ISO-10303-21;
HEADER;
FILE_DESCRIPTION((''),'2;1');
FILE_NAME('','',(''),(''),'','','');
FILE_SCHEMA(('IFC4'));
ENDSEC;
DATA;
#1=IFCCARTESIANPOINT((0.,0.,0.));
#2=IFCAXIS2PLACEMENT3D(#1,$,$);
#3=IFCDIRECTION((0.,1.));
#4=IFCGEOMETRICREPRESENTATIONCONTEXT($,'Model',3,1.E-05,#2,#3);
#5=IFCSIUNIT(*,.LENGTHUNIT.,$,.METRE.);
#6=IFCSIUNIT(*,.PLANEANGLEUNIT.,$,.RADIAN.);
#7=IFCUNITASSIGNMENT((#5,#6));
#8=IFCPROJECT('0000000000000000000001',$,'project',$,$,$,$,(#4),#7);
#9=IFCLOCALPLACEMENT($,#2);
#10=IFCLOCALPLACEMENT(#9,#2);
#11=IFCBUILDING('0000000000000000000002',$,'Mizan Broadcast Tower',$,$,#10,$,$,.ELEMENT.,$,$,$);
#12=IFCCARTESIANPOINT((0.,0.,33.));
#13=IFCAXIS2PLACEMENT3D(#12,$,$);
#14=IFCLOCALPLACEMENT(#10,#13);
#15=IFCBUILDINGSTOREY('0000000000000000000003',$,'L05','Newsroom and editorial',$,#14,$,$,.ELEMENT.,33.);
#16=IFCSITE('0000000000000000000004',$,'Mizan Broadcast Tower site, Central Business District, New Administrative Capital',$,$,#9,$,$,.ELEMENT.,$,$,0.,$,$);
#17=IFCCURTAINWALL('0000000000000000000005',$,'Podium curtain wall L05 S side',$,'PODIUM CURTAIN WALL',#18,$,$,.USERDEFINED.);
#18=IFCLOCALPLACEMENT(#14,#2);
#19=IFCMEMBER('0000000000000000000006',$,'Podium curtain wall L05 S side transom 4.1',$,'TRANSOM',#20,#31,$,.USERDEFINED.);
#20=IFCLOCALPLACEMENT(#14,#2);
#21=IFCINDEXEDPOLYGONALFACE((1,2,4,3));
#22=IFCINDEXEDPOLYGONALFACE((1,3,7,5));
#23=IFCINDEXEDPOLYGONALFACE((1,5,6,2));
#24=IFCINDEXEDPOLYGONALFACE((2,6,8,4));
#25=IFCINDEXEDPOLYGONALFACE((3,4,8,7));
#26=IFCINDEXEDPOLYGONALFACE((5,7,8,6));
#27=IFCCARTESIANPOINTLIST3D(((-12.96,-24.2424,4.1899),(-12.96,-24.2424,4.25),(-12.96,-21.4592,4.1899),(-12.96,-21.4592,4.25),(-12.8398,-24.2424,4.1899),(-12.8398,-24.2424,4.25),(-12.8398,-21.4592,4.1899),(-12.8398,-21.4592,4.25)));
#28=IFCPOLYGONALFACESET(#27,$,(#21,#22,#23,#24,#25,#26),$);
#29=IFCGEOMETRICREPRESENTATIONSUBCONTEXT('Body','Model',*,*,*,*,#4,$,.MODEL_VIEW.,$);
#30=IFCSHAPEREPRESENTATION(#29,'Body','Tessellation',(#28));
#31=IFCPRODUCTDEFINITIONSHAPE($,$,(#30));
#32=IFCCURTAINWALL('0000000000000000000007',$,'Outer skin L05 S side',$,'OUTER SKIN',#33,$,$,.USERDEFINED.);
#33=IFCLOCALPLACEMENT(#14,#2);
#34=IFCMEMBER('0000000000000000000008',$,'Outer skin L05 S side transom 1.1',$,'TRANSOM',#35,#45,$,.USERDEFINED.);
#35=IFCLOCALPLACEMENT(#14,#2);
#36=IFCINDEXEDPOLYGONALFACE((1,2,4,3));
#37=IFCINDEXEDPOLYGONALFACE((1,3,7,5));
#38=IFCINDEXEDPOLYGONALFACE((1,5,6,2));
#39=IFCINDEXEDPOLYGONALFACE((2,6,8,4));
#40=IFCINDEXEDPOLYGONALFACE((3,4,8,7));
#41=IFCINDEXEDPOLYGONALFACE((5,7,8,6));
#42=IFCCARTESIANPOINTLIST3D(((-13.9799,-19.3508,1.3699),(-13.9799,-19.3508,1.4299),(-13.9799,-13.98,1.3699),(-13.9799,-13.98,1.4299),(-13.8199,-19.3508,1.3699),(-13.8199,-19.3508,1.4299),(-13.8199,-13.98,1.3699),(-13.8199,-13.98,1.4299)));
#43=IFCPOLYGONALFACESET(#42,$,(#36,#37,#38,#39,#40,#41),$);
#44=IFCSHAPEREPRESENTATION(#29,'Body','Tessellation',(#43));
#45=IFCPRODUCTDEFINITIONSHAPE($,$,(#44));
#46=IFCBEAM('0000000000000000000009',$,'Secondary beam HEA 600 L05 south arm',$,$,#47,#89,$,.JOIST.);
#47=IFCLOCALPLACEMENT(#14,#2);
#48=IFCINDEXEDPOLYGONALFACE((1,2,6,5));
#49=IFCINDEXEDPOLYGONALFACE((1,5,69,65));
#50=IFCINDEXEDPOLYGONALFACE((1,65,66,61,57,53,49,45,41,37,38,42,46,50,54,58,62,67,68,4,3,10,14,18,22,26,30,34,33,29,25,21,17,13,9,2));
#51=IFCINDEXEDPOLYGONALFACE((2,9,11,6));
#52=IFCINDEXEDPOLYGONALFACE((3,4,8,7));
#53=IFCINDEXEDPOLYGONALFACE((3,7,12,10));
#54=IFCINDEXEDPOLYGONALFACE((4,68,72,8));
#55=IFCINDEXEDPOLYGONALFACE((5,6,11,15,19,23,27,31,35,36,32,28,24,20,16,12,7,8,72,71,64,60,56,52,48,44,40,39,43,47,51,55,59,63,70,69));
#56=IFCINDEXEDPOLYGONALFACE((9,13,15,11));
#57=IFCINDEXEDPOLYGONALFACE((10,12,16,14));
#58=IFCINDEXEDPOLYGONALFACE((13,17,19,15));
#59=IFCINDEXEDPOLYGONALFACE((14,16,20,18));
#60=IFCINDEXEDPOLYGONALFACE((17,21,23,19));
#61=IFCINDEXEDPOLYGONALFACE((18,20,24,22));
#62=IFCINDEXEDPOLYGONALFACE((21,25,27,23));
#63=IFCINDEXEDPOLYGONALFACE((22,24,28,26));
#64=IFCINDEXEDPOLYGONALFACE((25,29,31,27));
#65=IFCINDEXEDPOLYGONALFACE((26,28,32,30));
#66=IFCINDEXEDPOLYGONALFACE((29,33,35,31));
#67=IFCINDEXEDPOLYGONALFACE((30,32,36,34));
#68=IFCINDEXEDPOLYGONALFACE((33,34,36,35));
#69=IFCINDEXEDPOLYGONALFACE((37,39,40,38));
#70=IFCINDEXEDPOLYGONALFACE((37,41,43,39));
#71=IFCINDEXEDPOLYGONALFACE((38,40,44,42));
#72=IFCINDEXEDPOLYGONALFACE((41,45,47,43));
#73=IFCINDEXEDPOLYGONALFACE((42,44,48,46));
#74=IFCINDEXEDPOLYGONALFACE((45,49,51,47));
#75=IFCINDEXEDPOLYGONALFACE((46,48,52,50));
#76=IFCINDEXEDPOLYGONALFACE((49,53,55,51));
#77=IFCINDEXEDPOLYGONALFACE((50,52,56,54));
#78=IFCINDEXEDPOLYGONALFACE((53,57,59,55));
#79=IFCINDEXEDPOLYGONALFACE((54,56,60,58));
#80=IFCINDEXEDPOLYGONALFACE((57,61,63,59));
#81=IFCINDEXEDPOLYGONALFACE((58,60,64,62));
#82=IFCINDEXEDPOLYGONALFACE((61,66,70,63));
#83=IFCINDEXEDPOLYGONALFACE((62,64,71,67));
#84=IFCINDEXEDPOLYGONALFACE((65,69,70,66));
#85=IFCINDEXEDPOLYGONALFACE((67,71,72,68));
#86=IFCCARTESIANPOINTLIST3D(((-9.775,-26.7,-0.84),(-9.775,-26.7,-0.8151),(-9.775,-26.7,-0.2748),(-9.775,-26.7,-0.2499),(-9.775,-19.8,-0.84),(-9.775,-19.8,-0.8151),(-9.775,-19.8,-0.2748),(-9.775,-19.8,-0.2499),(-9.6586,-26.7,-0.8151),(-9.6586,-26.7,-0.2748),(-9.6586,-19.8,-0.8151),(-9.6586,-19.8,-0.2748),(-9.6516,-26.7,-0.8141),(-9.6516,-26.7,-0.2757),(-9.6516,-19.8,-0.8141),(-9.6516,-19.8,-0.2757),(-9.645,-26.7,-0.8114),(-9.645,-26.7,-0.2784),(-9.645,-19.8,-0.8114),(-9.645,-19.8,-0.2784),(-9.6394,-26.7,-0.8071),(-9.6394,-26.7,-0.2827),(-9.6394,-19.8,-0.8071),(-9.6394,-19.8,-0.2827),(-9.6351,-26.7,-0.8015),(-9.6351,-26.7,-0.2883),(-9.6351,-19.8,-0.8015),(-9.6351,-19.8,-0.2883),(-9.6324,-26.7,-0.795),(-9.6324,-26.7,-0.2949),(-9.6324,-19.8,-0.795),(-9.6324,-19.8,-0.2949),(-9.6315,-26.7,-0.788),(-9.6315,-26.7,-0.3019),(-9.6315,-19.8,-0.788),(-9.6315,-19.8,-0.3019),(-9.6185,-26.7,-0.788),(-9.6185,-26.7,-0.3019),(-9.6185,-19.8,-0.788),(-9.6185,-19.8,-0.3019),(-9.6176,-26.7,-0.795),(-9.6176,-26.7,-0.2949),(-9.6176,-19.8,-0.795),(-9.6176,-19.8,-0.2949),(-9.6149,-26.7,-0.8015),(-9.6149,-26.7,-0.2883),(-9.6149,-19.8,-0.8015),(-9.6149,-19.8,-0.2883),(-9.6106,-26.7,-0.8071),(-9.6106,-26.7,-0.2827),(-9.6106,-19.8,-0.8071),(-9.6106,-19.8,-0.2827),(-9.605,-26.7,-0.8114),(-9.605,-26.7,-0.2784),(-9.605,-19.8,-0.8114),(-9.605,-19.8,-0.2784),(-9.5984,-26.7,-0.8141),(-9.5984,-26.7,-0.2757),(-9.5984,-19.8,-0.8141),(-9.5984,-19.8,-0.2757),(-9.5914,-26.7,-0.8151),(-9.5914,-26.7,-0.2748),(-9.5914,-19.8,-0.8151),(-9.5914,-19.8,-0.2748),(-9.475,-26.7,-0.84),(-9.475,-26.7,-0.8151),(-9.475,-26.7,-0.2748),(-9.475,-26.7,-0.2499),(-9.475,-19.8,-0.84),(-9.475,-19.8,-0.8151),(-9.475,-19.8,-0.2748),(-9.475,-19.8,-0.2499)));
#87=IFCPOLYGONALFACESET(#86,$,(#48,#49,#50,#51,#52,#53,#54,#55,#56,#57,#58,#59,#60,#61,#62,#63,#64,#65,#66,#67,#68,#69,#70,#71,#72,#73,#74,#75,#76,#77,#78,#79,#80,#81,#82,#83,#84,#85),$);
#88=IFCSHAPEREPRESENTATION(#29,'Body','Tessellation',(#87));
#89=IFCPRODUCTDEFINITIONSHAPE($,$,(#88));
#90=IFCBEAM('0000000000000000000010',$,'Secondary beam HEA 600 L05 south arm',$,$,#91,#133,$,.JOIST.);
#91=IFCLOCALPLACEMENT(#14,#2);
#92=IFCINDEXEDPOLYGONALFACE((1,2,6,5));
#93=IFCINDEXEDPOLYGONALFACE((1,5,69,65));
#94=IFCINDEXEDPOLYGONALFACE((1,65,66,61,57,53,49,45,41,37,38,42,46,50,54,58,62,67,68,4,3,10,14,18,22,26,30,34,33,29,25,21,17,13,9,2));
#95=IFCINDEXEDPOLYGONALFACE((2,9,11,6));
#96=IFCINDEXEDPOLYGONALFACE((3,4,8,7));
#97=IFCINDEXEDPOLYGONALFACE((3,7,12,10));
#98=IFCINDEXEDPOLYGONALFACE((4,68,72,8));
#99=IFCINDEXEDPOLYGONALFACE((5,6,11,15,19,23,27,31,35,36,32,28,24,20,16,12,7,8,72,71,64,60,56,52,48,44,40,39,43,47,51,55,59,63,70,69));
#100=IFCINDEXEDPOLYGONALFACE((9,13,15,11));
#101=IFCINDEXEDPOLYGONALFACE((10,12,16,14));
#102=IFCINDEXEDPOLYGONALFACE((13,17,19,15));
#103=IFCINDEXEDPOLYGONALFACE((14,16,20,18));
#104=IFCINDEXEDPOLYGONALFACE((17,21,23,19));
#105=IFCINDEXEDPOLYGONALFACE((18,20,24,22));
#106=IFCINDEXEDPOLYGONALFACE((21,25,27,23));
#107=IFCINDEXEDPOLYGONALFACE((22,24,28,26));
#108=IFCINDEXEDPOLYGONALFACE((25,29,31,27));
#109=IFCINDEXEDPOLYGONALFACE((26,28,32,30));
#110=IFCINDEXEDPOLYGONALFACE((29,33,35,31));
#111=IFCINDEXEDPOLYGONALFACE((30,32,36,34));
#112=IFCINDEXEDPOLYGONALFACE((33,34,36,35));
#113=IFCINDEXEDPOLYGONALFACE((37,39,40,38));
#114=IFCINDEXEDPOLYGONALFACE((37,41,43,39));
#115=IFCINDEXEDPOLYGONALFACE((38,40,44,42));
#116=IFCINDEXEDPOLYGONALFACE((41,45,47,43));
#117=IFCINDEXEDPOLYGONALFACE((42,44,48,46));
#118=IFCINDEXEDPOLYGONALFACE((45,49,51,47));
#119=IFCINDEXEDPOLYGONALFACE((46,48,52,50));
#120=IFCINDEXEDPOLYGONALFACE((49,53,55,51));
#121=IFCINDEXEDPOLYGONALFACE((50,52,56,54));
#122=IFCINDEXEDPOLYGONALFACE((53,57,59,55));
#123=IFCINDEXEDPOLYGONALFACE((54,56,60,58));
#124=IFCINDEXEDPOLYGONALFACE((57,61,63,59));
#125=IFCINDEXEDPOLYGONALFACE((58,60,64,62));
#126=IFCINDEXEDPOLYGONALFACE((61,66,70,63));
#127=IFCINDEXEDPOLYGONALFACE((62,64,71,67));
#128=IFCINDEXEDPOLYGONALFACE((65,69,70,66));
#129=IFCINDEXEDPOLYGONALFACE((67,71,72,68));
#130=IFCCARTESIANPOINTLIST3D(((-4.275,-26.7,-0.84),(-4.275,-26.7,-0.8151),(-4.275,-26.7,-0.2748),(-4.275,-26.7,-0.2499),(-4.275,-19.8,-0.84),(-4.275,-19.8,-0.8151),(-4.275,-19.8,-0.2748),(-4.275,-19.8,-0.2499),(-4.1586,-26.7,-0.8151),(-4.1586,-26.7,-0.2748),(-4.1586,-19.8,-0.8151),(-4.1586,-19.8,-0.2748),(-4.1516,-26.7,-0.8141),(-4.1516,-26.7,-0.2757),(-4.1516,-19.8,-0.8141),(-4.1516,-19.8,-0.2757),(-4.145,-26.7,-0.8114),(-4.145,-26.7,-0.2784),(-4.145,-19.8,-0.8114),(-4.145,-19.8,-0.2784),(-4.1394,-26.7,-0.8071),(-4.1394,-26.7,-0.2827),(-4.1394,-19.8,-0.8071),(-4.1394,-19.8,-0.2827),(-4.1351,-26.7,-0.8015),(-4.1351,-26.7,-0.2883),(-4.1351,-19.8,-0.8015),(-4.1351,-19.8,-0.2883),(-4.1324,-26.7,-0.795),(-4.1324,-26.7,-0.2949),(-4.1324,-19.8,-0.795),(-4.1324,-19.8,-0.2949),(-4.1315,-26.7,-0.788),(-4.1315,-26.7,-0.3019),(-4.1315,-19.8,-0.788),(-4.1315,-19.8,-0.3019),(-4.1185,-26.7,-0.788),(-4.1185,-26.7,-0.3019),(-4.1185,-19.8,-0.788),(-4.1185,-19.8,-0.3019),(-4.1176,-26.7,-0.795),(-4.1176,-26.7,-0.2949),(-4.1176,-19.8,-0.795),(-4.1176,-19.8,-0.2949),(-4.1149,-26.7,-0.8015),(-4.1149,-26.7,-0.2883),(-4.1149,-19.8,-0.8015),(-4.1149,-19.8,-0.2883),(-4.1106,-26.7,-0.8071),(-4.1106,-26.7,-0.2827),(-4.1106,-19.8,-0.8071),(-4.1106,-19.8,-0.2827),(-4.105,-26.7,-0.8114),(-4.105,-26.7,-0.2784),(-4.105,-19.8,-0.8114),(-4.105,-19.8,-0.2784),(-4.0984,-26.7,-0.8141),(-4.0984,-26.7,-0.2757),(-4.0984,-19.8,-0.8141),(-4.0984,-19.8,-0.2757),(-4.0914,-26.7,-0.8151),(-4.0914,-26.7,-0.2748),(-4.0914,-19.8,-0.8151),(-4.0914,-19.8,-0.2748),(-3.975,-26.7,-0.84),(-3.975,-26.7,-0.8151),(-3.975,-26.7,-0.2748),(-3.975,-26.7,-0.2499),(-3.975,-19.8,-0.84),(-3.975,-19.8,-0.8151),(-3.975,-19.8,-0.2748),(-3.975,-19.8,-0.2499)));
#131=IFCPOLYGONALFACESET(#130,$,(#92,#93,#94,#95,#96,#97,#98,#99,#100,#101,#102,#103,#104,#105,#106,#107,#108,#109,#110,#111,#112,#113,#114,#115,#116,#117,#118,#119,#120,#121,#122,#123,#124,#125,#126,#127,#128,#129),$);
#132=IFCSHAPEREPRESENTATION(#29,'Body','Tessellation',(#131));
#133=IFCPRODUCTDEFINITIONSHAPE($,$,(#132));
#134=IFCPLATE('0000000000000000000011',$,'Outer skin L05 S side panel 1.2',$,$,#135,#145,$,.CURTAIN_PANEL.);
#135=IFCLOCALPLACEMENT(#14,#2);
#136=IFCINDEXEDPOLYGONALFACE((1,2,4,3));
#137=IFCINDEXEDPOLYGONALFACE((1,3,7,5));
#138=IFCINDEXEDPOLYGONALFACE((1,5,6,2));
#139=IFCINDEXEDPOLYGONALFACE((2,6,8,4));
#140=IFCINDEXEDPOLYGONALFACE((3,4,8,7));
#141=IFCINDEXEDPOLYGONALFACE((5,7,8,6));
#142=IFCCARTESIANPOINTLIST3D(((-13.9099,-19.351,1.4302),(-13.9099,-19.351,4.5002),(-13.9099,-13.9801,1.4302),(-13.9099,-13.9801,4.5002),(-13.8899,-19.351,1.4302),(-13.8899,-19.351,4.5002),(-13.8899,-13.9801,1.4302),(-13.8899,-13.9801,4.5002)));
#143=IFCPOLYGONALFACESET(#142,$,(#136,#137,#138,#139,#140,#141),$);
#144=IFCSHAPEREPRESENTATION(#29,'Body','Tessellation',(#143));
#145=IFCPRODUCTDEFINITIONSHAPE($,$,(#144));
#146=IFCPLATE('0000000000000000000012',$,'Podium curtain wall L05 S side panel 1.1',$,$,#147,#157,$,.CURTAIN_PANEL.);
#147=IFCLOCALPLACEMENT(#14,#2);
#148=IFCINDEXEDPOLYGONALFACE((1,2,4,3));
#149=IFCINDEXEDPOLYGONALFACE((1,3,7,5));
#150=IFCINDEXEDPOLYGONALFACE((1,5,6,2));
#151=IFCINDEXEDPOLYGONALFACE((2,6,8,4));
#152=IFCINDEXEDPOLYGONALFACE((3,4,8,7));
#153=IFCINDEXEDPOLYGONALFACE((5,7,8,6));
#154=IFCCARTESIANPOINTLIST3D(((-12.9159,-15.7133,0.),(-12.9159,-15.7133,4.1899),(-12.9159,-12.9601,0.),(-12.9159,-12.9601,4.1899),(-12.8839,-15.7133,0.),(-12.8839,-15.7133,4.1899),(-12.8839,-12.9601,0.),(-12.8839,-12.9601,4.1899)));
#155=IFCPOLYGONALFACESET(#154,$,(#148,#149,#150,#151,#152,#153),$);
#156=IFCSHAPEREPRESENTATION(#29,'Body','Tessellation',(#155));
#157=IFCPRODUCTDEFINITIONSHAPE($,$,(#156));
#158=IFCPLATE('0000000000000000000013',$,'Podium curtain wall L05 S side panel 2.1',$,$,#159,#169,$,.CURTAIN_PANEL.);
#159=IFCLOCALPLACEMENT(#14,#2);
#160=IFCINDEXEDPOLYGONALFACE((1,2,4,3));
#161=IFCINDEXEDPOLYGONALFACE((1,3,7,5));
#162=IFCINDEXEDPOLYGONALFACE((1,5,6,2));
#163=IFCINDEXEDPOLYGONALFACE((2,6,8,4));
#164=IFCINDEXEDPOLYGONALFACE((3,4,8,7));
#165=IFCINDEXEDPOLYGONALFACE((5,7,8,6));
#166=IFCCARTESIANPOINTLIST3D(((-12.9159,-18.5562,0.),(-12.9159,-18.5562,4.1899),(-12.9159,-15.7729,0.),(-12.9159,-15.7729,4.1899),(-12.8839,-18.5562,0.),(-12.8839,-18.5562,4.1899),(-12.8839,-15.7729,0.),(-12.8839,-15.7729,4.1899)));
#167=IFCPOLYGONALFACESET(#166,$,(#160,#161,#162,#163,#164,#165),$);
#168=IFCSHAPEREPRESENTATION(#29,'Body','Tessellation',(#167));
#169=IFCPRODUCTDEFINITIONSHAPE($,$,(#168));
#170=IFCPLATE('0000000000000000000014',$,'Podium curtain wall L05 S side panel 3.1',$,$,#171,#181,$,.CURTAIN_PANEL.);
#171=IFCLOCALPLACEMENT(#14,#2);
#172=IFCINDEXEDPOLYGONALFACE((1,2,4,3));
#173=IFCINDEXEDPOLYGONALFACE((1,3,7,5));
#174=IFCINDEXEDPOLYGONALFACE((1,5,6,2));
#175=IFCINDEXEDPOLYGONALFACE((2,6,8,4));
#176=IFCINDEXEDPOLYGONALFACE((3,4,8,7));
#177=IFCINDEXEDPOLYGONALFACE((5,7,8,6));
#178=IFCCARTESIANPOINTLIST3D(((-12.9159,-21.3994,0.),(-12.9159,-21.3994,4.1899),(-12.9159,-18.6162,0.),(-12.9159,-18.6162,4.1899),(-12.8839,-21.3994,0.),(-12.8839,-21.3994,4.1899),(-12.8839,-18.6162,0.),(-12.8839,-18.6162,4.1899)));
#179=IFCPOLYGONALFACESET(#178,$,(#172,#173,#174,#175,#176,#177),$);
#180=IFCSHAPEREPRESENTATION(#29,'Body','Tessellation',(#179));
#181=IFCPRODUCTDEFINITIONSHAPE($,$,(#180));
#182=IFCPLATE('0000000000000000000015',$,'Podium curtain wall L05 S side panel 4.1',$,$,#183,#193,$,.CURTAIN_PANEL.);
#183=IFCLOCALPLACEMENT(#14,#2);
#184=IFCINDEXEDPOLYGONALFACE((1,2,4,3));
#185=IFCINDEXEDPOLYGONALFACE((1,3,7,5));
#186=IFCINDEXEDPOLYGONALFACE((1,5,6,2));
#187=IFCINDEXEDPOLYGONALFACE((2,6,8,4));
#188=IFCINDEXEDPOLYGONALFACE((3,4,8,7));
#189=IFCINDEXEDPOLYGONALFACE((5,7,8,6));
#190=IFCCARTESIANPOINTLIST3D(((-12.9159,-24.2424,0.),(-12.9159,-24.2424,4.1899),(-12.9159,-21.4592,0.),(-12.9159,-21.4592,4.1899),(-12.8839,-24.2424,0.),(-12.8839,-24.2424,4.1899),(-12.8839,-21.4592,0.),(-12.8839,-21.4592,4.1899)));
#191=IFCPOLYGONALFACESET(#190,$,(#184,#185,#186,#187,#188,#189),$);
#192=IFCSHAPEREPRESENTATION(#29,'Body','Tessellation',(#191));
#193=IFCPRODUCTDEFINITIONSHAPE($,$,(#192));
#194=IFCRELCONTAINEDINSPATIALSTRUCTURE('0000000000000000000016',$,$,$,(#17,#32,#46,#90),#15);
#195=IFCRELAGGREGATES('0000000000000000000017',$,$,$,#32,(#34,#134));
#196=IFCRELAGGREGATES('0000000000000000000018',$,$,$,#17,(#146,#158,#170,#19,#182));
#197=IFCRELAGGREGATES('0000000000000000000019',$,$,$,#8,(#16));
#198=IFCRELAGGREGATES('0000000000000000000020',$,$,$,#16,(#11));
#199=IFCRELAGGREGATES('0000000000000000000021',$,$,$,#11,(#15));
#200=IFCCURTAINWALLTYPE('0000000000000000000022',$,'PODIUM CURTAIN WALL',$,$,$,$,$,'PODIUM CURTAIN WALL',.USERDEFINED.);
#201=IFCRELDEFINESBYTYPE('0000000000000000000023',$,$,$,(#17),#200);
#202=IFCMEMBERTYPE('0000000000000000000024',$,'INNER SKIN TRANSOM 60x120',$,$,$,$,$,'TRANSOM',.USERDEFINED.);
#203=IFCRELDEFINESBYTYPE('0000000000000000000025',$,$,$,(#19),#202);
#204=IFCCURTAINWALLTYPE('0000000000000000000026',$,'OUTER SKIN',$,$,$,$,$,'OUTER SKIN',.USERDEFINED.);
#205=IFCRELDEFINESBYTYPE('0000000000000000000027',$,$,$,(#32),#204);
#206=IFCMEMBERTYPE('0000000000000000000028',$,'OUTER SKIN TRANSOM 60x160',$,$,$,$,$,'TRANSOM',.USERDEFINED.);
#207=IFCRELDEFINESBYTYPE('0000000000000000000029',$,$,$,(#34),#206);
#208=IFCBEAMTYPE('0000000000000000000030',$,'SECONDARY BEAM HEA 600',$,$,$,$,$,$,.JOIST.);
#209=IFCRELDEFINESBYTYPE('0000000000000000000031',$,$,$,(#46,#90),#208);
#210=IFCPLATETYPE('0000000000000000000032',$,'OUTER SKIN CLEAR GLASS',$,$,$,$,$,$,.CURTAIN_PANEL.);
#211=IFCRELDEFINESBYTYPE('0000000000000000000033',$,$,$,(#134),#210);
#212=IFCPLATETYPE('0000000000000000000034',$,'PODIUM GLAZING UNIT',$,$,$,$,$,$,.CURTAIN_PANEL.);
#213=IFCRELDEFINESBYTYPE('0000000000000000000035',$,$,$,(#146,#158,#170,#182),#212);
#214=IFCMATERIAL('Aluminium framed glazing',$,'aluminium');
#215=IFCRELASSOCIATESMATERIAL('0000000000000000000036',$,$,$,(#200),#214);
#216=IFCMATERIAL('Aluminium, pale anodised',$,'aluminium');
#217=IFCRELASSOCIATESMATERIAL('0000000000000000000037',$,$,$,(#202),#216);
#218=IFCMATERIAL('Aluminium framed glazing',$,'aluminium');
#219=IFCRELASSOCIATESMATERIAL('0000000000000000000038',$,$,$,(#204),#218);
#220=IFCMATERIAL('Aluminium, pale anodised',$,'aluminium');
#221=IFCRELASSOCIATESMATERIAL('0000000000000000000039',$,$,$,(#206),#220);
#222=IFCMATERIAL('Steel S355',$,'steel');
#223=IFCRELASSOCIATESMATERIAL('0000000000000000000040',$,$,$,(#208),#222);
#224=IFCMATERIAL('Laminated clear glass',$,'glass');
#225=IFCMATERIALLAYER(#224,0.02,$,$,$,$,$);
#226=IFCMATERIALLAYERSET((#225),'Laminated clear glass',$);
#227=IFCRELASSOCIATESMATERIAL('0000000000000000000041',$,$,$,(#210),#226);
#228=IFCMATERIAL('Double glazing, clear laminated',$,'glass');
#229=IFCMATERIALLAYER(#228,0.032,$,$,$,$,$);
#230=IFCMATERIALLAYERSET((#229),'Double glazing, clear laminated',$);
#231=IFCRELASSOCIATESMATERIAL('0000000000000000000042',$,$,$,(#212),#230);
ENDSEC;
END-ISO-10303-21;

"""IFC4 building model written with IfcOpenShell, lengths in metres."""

from ifc_helpers import new_model, si_unit, direction, frame, origin, origin_2d, place, context, subcontext, project, spatial, rectangle, i_section, extrude, material, layer, layer_set, material_profile, profile_set, type_object, element, aggregate, save


model = new_model("IFC4")

# Units and contexts
model_context = context("Model", 3, precision=1e-05, world=origin(), true_north=direction((0.0, 1.0)))
body_context = subcontext(model_context, "Body", "Model", "MODEL_VIEW")
ifc_project = project(units=[si_unit("LENGTHUNIT", "METRE"), si_unit("PLANEANGLEUNIT", "RADIAN")], contexts=[model_context])

# Site, building, storey
site_placement = place(None, origin())
site = spatial("IfcSite", under=ifc_project, at=site_placement, Name="Mizan Broadcast Tower site, Central Business District, New Administrative Capital", CompositionType="ELEMENT", RefElevation=0.0)
building_placement = place(site_placement, origin())
building = spatial("IfcBuilding", under=site, at=building_placement, Name="Mizan Broadcast Tower", CompositionType="ELEMENT")
storey_placement = place(building_placement, frame((0.0, 0.0, 33.0)))
storey = spatial("IfcBuildingStorey", under=building, at=storey_placement, Name="L05", Description="Newsroom and editorial", CompositionType="ELEMENT", Elevation=33.0)

# Shared definitions
ifc_material_1 = material(Name="Aluminium framed glazing", Category="aluminium")
curtain_wall_type_1 = type_object("IfcCurtainWallType", Name="PODIUM CURTAIN WALL", ElementType="PODIUM CURTAIN WALL", PredefinedType="USERDEFINED", material=ifc_material_1)

# Curtain wall, member
curtain_wall_1_placement = place(storey_placement, origin())
curtain_wall_1 = element("IfcCurtainWall", 1, at=curtain_wall_1_placement, inside=storey, type_object=curtain_wall_type_1, Name="Podium curtain wall L05 S side", ObjectType="PODIUM CURTAIN WALL", PredefinedType="USERDEFINED")
ifc_material_2 = material(Name="Aluminium, pale anodised", Category="aluminium")
ifc_material_profile_1 = material_profile(ifc_material_2, rectangle(XDim=0.1201, YDim=0.0601, at=origin_2d()), Name="TRANSOM 120x60")
ifc_profile_set_1 = profile_set([ifc_material_profile_1], Name="Aluminium, pale anodised")
member_type_1 = type_object("IfcMemberType", Name="INNER SKIN TRANSOM 60x120", ElementType="TRANSOM", PredefinedType="USERDEFINED", material=ifc_profile_set_1)
member_1_placement = place(storey_placement, frame((-12.8999, -21.4592, 4.22), z_axis=(0.0, -1.0, 0.0), x_axis=(1.0, 0.0, 0.0)))
member_1 = element("IfcMember", 2, at=member_1_placement, type_object=member_type_1, Name="Podium curtain wall L05 S side transom 4.1", ObjectType="TRANSOM", PredefinedType="USERDEFINED", context=body_context, shape_type="SweptSolid", body=[
    extrude(rectangle(XDim=0.1201, YDim=0.0601, at=origin_2d()), origin(), (0.0, 0.0, 1.0), 2.7832),
])

# Curtain wall, member
ifc_material_3 = material(Name="Aluminium framed glazing", Category="aluminium")
curtain_wall_type_2 = type_object("IfcCurtainWallType", Name="OUTER SKIN", ElementType="OUTER SKIN", PredefinedType="USERDEFINED", material=ifc_material_3)
curtain_wall_2_placement = place(storey_placement, origin())
curtain_wall_2 = element("IfcCurtainWall", 3, at=curtain_wall_2_placement, inside=storey, type_object=curtain_wall_type_2, Name="Outer skin L05 S side", ObjectType="OUTER SKIN", PredefinedType="USERDEFINED")
ifc_material_4 = material(Name="Aluminium, pale anodised", Category="aluminium")
ifc_material_profile_2 = material_profile(ifc_material_4, rectangle(XDim=0.1599, YDim=0.0601, at=origin_2d()), Name="TRANSOM 160x60")
ifc_profile_set_2 = profile_set([ifc_material_profile_2], Name="Aluminium, pale anodised")
member_type_2 = type_object("IfcMemberType", Name="OUTER SKIN TRANSOM 60x160", ElementType="TRANSOM", PredefinedType="USERDEFINED", material=ifc_profile_set_2)
member_2_placement = place(storey_placement, frame((-13.8999, -13.98, 1.3999), z_axis=(0.0, -1.0, 0.0), x_axis=(1.0, 0.0, 0.0)))
member_2 = element("IfcMember", 4, at=member_2_placement, type_object=member_type_2, Name="Outer skin L05 S side transom 1.1", ObjectType="TRANSOM", PredefinedType="USERDEFINED", context=body_context, shape_type="SweptSolid", body=[
    extrude(rectangle(XDim=0.1599, YDim=0.0601, at=origin_2d()), origin(), (0.0, 0.0, 1.0), 5.3708),
])

# Beams
ifc_material_5 = material(Name="Steel S355", Category="steel")
ifc_material_profile_3 = material_profile(ifc_material_5, i_section(OverallWidth=0.3, OverallDepth=0.5901, WebThickness=0.0129, FlangeThickness=0.0249, FilletRadius=0.0271, at=origin_2d()), Name="HEA 600")
ifc_profile_set_3 = profile_set([ifc_material_profile_3], Name="Steel S355")
beam_type_1 = type_object("IfcBeamType", Name="SECONDARY BEAM HEA 600", PredefinedType="JOIST", material=ifc_profile_set_3)
for number, where, z_axis, x_axis, name in (
    (5, (-9.625, -19.8, -0.5449), (0.0, -1.0, 0.0), (1.0, 0.0, 0.0), "Secondary beam HEA 600 L05 south arm"),
    (6, (-4.125, -19.8, -0.5449), (0.0, -1.0, 0.0), (1.0, 0.0, 0.0), "Secondary beam HEA 600 L05 south arm"),
):
    element("IfcBeam", number, at=place(storey_placement, frame(where, z_axis=z_axis, x_axis=x_axis)), inside=storey, type_object=beam_type_1, Name=name, PredefinedType="JOIST", context=body_context, shape_type="SweptSolid", body=[
        extrude(i_section(OverallWidth=0.3, OverallDepth=0.5901, WebThickness=0.0129, FlangeThickness=0.0249, FilletRadius=0.0271, at=origin_2d()), origin(), (0.0, 0.0, 1.0), 6.8999),
    ])

# Plates
ifc_material_6 = material(Name="Laminated clear glass", Category="glass")
ifc_layer_1 = layer(ifc_material_6, 0.02)
ifc_layer_set_1 = layer_set([ifc_layer_1], Name="Laminated clear glass")
plate_type_1 = type_object("IfcPlateType", Name="OUTER SKIN CLEAR GLASS", PredefinedType="CURTAIN_PANEL", material=ifc_layer_set_1)
plate_1_placement = place(storey_placement, frame((-13.8999, -16.6655, 1.4302), z_axis=(0.0, 0.0, 1.0), x_axis=(0.0, -1.0, 0.0)))
plate_1 = element("IfcPlate", 7, at=plate_1_placement, type_object=plate_type_1, Name="Outer skin L05 S side panel 1.2", PredefinedType="CURTAIN_PANEL", context=body_context, shape_type="SweptSolid", body=[
    extrude(rectangle(XDim=5.3708, YDim=0.02, at=origin_2d()), origin(), (0.0, 0.0, 1.0), 3.0701),
])
aggregate(curtain_wall_2, [member_2, plate_1])
ifc_material_7 = material(Name="Double glazing, clear laminated", Category="glass")
ifc_layer_2 = layer(ifc_material_7, 0.032)
ifc_layer_set_2 = layer_set([ifc_layer_2], Name="Double glazing, clear laminated")
plate_type_2 = type_object("IfcPlateType", Name="PODIUM GLAZING UNIT", PredefinedType="CURTAIN_PANEL", material=ifc_layer_set_2)
plate_2_placement = place(storey_placement, frame((-12.8999, -14.3367, 0.0), z_axis=(0.0, 0.0, 1.0), x_axis=(0.0, -1.0, 0.0)))
plate_2 = element("IfcPlate", 8, at=plate_2_placement, type_object=plate_type_2, Name="Podium curtain wall L05 S side panel 1.1", PredefinedType="CURTAIN_PANEL", context=body_context, shape_type="SweptSolid", body=[
    extrude(rectangle(XDim=2.7532, YDim=0.032, at=origin_2d()), origin(), (0.0, 0.0, 1.0), 4.1899),
])
plate_3_placement = place(storey_placement, frame((-12.8999, -17.1646, 0.0), z_axis=(0.0, 0.0, 1.0), x_axis=(0.0, -1.0, 0.0)))
plate_3 = element("IfcPlate", 9, at=plate_3_placement, type_object=plate_type_2, Name="Podium curtain wall L05 S side panel 2.1", PredefinedType="CURTAIN_PANEL", context=body_context, shape_type="SweptSolid", body=[
    extrude(rectangle(XDim=2.7832, YDim=0.032, at=origin_2d()), origin(), (0.0, 0.0, 1.0), 4.1899),
])
plate_4_placement = place(storey_placement, frame((-12.8999, -20.0078, 0.0), z_axis=(0.0, 0.0, 1.0), x_axis=(0.0, -1.0, 0.0)))
plate_4 = element("IfcPlate", 10, at=plate_4_placement, type_object=plate_type_2, Name="Podium curtain wall L05 S side panel 3.1", PredefinedType="CURTAIN_PANEL", context=body_context, shape_type="SweptSolid", body=[
    extrude(rectangle(XDim=2.7832, YDim=0.032, at=origin_2d()), origin(), (0.0, 0.0, 1.0), 4.1899),
])
plate_5_placement = place(storey_placement, frame((-12.8999, -22.8508, 0.0), z_axis=(0.0, 0.0, 1.0), x_axis=(0.0, -1.0, 0.0)))
plate_5 = element("IfcPlate", 11, at=plate_5_placement, type_object=plate_type_2, Name="Podium curtain wall L05 S side panel 4.1", PredefinedType="CURTAIN_PANEL", context=body_context, shape_type="SweptSolid", body=[
    extrude(rectangle(XDim=2.7832, YDim=0.032, at=origin_2d()), origin(), (0.0, 0.0, 1.0), 4.1899),
])
aggregate(curtain_wall_1, [plate_2, plate_3, plate_4, member_1, plate_5])

save(model, "model.ifc")
